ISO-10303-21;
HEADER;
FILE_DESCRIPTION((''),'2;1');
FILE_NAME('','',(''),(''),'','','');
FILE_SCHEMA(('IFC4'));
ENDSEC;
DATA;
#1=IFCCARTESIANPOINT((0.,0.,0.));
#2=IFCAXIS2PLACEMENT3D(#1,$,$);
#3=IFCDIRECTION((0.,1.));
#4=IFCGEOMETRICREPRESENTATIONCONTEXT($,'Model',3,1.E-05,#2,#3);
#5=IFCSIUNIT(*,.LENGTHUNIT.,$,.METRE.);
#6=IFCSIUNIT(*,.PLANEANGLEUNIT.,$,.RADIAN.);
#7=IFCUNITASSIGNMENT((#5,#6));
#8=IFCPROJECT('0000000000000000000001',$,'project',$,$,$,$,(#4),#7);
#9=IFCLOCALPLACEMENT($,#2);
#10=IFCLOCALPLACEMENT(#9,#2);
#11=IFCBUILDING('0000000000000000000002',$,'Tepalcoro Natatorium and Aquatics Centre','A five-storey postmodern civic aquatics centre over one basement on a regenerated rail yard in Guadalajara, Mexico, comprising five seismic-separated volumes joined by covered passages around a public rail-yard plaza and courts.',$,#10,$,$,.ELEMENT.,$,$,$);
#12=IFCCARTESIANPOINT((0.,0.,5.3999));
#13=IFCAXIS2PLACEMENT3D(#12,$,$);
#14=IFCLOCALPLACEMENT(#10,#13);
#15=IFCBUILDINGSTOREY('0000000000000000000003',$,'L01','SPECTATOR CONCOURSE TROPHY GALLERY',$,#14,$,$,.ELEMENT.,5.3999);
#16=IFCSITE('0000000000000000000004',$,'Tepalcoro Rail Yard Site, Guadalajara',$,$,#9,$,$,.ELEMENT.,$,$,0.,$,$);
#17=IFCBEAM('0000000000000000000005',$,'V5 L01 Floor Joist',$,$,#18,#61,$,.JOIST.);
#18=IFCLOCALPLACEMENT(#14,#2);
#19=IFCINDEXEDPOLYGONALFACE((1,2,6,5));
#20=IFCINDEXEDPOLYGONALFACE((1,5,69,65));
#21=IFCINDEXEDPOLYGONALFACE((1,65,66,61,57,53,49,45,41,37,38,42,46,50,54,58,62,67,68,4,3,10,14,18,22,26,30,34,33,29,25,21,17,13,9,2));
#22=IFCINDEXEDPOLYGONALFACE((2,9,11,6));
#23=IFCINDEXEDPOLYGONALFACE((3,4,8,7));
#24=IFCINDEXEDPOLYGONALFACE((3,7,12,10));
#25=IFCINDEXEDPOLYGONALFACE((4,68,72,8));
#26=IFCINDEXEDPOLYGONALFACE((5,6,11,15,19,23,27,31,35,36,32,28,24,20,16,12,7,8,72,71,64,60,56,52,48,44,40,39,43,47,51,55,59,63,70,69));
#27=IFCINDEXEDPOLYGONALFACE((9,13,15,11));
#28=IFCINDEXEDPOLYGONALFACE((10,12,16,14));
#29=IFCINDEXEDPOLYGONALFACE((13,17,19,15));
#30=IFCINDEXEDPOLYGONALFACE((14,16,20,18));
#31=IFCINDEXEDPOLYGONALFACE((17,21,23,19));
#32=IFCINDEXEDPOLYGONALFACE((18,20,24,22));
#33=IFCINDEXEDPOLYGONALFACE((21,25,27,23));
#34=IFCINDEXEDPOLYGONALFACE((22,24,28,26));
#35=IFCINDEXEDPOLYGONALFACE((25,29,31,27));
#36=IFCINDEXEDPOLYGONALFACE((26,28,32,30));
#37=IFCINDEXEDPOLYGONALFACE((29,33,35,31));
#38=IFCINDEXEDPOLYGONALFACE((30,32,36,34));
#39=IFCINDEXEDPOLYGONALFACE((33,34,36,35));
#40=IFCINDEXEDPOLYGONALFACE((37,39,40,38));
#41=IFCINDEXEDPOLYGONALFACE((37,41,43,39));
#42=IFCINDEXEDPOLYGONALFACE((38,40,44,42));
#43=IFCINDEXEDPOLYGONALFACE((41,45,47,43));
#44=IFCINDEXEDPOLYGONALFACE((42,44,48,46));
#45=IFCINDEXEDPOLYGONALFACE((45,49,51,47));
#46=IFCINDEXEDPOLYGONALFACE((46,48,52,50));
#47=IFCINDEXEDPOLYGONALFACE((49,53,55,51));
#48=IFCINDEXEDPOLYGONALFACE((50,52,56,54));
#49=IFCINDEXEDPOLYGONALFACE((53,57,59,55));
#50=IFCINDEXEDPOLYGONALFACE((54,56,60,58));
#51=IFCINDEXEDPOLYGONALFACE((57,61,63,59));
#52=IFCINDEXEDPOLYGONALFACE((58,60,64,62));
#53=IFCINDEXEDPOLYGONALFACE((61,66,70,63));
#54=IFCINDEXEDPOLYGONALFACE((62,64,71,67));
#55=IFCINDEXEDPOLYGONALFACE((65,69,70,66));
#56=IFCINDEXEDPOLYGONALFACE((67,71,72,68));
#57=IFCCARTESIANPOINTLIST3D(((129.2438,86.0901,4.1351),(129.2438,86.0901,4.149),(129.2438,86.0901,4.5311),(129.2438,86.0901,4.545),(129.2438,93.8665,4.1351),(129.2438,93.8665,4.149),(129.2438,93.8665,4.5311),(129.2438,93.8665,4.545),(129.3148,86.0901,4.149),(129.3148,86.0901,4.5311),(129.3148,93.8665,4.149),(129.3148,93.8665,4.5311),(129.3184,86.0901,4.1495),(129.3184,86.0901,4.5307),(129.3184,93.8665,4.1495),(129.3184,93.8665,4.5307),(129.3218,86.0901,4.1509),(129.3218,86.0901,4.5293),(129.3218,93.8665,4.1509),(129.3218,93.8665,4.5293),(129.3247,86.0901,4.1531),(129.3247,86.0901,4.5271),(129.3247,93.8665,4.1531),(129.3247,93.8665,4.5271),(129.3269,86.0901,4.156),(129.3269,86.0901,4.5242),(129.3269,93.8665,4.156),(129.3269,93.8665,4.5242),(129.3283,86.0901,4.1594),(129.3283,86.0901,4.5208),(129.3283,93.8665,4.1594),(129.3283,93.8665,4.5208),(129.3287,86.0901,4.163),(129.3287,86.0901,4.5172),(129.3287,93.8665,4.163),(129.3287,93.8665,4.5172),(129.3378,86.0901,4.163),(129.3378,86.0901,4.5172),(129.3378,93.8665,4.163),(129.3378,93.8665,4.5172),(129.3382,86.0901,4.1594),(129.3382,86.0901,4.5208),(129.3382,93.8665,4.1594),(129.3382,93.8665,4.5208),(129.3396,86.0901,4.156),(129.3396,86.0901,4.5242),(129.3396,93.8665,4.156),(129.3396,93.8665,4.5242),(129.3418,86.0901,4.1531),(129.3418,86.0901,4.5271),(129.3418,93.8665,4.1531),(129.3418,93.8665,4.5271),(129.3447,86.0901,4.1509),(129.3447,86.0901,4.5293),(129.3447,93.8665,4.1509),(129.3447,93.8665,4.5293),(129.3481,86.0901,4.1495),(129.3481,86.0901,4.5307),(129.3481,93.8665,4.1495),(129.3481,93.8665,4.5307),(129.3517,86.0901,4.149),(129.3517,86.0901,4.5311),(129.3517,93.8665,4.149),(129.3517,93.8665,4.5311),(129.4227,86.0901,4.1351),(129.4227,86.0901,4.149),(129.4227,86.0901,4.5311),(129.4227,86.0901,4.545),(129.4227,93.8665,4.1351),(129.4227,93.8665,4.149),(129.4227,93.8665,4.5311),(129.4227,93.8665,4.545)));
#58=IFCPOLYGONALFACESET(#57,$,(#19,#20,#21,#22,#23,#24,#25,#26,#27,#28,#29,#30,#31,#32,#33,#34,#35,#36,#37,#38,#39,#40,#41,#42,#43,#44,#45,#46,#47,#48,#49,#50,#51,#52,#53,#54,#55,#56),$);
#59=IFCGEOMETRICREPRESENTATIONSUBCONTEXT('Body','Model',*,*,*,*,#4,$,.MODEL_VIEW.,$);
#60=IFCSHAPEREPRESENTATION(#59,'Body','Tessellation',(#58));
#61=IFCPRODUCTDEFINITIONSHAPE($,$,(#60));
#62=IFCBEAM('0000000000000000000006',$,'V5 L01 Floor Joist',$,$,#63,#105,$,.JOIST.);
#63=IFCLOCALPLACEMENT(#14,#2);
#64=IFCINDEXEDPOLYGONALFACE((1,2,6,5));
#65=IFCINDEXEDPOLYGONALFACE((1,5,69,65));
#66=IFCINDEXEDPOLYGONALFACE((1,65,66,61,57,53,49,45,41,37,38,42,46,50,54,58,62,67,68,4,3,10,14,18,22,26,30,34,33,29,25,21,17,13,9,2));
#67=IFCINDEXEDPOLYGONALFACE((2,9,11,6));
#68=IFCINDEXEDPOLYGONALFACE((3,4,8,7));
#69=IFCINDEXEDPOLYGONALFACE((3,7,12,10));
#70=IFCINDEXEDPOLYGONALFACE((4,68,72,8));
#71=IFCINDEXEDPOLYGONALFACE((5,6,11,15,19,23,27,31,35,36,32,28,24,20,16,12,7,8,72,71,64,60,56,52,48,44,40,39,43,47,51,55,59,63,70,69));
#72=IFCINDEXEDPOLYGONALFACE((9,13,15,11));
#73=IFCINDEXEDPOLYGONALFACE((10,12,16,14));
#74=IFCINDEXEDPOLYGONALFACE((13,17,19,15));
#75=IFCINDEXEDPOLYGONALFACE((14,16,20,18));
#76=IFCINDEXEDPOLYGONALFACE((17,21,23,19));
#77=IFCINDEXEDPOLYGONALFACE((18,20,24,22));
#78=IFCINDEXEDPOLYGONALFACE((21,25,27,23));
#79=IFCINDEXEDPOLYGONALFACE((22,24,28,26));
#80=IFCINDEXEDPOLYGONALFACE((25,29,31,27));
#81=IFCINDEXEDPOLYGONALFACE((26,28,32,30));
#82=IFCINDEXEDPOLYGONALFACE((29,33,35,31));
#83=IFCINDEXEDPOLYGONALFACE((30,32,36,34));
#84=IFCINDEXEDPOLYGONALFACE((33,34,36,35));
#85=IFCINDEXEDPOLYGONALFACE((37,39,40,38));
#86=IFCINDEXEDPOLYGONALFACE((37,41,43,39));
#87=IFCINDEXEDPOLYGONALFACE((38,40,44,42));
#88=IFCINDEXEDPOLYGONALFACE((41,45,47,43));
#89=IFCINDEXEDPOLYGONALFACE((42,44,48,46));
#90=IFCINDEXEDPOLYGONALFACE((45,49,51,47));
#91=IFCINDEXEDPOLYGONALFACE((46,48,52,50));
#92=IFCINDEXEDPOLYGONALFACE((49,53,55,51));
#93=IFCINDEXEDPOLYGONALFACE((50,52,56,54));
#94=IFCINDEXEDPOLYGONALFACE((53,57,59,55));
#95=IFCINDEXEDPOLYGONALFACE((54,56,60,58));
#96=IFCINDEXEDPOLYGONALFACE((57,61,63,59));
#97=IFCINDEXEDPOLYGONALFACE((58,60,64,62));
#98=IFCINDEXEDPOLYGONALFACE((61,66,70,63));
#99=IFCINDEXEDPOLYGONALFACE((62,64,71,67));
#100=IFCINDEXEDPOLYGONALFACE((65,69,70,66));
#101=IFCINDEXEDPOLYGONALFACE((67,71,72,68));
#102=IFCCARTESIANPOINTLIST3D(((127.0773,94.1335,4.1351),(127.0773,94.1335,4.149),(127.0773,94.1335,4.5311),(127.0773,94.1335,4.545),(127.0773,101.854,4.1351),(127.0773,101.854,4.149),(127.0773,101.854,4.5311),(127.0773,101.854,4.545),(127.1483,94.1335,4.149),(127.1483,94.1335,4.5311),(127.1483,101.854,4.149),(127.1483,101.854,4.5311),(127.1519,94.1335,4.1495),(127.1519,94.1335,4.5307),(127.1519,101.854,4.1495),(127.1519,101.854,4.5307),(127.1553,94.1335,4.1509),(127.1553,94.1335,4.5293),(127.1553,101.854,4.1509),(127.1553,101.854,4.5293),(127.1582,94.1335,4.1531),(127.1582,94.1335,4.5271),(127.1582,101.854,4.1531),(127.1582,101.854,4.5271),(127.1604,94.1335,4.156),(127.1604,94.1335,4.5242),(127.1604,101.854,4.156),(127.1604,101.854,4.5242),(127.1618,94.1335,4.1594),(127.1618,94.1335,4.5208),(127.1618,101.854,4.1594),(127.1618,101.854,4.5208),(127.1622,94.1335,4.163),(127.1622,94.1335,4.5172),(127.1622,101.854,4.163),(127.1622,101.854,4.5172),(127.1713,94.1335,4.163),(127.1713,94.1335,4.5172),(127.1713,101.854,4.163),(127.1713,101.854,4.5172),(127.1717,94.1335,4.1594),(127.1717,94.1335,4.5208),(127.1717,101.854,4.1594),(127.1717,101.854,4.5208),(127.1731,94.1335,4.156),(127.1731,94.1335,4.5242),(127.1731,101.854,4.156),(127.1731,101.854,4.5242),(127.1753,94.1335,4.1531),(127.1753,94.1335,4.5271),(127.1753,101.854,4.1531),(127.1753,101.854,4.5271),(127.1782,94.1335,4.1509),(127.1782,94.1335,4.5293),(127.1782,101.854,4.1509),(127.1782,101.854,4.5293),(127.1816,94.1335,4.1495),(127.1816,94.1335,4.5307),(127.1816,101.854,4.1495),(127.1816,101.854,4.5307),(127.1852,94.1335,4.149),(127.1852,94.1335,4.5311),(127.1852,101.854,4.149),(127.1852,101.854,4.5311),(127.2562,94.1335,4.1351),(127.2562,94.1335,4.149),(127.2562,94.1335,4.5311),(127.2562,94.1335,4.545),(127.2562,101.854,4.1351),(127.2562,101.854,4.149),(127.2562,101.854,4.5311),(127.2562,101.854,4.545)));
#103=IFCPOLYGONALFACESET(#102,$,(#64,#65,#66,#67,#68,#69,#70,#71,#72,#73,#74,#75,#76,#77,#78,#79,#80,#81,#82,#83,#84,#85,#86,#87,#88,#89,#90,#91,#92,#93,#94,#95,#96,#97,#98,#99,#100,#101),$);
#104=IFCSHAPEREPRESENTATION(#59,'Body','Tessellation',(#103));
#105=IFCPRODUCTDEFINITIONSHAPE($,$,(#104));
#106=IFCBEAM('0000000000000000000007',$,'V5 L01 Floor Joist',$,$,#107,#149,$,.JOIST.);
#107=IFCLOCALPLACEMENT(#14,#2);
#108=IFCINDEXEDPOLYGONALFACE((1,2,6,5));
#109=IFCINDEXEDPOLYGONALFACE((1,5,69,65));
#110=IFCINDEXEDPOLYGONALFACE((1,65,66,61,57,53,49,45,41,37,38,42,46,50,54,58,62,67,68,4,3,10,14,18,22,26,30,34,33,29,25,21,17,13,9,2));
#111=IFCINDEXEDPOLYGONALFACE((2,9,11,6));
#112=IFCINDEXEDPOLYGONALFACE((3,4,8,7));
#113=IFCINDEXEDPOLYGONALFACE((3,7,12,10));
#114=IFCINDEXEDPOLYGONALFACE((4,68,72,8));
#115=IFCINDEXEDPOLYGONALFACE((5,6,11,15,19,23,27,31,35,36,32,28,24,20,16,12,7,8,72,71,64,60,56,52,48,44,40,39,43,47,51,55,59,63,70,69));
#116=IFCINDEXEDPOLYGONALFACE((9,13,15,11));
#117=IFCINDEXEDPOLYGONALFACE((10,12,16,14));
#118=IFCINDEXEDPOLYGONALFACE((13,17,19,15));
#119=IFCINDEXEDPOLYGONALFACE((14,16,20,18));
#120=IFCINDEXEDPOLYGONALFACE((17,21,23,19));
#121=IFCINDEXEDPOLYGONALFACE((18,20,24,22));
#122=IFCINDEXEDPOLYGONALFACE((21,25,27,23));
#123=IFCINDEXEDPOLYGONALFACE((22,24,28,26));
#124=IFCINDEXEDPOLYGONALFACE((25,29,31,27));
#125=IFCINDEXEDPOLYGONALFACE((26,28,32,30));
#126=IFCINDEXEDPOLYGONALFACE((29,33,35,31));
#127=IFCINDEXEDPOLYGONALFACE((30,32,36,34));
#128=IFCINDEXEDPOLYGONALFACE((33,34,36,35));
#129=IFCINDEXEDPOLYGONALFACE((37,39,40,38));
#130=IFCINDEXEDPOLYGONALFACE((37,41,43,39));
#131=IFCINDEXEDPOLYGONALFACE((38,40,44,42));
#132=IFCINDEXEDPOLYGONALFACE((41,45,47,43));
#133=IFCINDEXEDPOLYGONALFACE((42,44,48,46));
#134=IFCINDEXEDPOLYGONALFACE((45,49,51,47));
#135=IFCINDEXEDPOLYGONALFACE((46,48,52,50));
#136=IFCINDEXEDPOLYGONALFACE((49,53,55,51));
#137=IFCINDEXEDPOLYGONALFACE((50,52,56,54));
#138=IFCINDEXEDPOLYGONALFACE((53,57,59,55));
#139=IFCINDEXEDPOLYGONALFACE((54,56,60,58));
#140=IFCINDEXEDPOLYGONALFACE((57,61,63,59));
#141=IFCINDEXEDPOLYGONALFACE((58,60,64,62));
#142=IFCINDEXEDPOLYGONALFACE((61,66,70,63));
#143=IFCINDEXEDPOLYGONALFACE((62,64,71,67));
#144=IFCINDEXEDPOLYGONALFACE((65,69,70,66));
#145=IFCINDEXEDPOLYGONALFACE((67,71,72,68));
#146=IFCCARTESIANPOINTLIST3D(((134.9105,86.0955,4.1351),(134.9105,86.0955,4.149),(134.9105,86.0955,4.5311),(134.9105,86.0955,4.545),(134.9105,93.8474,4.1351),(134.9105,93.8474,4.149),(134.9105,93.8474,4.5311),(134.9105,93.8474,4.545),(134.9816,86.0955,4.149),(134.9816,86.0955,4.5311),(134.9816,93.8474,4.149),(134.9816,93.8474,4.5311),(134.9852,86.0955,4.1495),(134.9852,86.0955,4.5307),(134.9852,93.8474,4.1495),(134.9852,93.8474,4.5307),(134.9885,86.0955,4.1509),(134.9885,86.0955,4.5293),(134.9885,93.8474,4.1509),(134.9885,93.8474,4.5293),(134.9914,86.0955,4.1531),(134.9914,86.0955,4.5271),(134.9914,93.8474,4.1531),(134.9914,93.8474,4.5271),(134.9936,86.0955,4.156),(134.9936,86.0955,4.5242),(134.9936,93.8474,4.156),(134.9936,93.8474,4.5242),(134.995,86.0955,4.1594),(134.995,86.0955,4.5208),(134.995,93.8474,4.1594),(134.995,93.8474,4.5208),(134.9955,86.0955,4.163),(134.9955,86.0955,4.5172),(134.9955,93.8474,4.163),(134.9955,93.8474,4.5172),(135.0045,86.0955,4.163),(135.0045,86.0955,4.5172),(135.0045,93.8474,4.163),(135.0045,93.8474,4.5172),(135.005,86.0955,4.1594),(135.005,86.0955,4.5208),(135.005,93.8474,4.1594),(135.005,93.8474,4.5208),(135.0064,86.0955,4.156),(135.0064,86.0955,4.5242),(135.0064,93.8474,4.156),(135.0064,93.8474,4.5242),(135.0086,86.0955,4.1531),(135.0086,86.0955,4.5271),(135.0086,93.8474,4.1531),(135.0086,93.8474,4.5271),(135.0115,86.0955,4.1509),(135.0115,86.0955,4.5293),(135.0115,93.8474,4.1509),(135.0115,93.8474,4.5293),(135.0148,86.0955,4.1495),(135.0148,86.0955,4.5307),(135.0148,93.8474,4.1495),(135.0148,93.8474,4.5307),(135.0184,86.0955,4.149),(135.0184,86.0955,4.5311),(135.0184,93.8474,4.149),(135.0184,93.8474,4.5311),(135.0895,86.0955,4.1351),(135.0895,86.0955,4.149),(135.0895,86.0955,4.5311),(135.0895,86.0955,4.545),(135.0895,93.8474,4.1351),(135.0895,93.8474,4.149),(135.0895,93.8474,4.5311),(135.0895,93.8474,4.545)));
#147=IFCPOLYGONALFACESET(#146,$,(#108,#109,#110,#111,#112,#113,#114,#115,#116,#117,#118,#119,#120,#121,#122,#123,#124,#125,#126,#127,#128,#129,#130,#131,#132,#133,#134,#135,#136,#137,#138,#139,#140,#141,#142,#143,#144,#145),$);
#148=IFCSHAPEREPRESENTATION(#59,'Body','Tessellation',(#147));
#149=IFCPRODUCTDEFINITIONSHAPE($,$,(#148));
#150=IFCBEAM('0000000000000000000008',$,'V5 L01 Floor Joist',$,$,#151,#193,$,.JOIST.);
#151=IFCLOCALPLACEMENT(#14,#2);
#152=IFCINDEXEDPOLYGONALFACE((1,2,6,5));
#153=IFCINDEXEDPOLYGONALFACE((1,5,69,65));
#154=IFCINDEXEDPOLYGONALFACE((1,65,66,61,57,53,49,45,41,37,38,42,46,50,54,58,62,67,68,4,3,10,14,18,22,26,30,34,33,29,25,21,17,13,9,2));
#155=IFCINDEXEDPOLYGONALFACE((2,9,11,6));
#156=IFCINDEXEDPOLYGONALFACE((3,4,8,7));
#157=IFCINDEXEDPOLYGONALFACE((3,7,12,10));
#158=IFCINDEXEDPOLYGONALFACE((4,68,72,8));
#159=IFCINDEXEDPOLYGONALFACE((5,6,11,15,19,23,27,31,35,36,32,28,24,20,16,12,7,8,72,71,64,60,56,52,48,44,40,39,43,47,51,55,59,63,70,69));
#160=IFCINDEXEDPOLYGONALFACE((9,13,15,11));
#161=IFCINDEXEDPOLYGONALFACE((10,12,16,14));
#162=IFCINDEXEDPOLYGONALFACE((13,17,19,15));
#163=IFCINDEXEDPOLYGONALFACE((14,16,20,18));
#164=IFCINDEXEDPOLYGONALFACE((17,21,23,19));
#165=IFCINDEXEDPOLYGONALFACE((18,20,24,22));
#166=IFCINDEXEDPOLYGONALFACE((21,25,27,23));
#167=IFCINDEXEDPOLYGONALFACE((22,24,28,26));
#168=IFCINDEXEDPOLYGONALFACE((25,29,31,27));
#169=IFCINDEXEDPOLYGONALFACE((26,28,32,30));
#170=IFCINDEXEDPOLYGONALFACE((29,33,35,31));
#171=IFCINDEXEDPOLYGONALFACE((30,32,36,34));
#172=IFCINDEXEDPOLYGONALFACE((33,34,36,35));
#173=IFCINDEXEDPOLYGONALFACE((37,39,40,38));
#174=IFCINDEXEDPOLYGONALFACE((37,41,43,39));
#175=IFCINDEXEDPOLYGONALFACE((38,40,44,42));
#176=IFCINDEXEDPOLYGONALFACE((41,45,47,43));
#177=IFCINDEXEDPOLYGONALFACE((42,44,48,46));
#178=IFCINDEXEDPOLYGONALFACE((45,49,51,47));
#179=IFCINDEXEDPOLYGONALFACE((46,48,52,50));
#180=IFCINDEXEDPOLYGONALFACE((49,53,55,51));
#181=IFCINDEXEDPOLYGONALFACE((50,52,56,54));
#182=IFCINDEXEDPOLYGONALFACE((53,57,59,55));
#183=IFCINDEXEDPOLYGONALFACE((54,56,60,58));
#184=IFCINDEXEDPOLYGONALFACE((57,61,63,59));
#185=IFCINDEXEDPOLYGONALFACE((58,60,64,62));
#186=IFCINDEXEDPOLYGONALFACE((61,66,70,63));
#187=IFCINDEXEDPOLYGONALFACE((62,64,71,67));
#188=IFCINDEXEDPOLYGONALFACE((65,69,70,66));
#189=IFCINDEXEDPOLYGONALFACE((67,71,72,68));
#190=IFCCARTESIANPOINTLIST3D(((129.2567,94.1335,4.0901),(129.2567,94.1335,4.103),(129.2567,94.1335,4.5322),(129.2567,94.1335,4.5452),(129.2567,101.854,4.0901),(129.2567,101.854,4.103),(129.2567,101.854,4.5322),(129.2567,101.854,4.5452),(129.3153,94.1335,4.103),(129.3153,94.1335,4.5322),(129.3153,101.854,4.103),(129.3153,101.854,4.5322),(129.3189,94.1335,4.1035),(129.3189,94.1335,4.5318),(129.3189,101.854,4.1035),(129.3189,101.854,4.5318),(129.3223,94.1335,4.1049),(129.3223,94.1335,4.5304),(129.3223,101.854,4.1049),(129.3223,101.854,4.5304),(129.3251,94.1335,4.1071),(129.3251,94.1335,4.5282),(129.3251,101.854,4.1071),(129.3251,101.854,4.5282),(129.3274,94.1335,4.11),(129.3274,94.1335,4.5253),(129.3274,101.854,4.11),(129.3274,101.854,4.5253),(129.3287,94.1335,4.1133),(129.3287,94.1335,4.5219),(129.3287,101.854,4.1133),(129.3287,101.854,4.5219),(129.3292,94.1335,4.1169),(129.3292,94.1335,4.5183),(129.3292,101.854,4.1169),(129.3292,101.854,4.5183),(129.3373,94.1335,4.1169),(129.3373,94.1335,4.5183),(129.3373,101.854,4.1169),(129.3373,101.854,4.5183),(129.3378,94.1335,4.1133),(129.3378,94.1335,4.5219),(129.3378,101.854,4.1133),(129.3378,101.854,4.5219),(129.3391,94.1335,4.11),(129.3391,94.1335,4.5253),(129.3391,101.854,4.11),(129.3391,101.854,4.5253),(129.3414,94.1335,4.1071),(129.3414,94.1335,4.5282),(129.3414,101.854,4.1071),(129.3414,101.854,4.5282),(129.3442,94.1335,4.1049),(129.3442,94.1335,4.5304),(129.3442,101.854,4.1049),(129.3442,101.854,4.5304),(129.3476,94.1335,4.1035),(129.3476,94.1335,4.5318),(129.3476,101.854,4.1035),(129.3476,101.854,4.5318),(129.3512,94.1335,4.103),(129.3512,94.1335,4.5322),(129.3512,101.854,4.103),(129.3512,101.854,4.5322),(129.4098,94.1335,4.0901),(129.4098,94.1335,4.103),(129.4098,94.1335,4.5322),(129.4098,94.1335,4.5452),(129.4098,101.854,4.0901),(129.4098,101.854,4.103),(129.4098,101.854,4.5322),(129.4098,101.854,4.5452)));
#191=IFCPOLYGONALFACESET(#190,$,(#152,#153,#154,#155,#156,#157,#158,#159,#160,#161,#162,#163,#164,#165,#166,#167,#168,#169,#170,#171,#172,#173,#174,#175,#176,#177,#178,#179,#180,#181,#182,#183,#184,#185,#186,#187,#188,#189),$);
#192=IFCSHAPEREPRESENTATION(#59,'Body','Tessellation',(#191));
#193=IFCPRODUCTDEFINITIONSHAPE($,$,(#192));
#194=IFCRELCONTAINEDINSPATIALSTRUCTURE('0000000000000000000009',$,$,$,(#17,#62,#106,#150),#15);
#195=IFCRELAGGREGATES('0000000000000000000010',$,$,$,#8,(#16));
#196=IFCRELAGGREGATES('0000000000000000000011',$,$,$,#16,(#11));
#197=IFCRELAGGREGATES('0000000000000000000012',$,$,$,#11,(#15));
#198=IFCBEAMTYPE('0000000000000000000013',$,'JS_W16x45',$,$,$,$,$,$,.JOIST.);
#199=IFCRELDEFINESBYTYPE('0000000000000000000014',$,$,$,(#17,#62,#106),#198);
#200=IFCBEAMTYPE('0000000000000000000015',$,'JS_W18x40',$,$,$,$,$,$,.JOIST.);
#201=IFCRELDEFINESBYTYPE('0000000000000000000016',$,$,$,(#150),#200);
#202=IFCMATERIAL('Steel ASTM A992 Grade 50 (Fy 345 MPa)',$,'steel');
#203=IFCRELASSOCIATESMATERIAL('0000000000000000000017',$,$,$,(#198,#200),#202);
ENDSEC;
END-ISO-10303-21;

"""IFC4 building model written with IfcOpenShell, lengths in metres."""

from ifc_helpers import new_model, si_unit, direction, frame, origin, origin_2d, place, context, subcontext, project, spatial, i_section, extrude, material, material_profile, profile_set, type_object, element, save


model = new_model("IFC4")

# Units and contexts
model_context = context("Model", 3, precision=1e-05, world=origin(), true_north=direction((0.0, 1.0)))
body_context = subcontext(model_context, "Body", "Model", "MODEL_VIEW")
ifc_project = project(units=[si_unit("LENGTHUNIT", "METRE"), si_unit("PLANEANGLEUNIT", "RADIAN")], contexts=[model_context])

# Site, building, storey
site_placement = place(None, origin())
site = spatial("IfcSite", under=ifc_project, at=site_placement, Name="Tepalcoro Rail Yard Site, Guadalajara", CompositionType="ELEMENT", RefElevation=0.0)
building_placement = place(site_placement, origin())
building = spatial("IfcBuilding", under=site, at=building_placement, Name="Tepalcoro Natatorium and Aquatics Centre", Description="A five-storey postmodern civic aquatics centre over one basement on a regenerated rail yard in Guadalajara, Mexico, comprising five seismic-separated volumes joined by covered passages around a public rail-yard plaza and courts.", CompositionType="ELEMENT")
storey_placement = place(building_placement, frame((0.0, 0.0, 5.3999)))
storey = spatial("IfcBuildingStorey", under=building, at=storey_placement, Name="L01", Description="SPECTATOR CONCOURSE TROPHY GALLERY", CompositionType="ELEMENT", Elevation=5.3999)

# Shared definitions
ifc_material_1 = material(Name="Steel ASTM A992 Grade 50 (Fy 345 MPa)", Category="steel")

# Beams
ifc_material_profile_1 = material_profile(ifc_material_1, i_section(OverallWidth=0.179, OverallDepth=0.4099, WebThickness=0.009, FlangeThickness=0.0139, FilletRadius=0.0139, at=origin_2d()), Name="W16X45")
ifc_profile_set_1 = profile_set([ifc_material_profile_1], Name="Steel ASTM A992 Grade 50 (Fy 345 MPa)")
beam_type_1 = type_object("IfcBeamType", Name="JS_W16x45", PredefinedType="JOIST", material=ifc_profile_set_1)
beam_1_placement = place(storey_placement, frame((129.3333, 86.0901, 4.3401), z_axis=(0.0, 1.0, 0.0), x_axis=(-1.0, 0.0, 0.0)))
element("IfcBeam", 1, at=beam_1_placement, inside=storey, type_object=beam_type_1, Name="V5 L01 Floor Joist", PredefinedType="JOIST", context=body_context, shape_type="SweptSolid", body=[
    extrude(i_section(OverallWidth=0.179, OverallDepth=0.4099, WebThickness=0.009, FlangeThickness=0.0139, FilletRadius=0.0139, at=origin_2d()), origin(), (0.0, 0.0, 1.0), 7.7764),
])
beam_2_placement = place(storey_placement, frame((127.1667, 94.1335, 4.3401), z_axis=(0.0, 1.0, 0.0), x_axis=(-1.0, 0.0, 0.0)))
element("IfcBeam", 2, at=beam_2_placement, inside=storey, type_object=beam_type_1, Name="V5 L01 Floor Joist", PredefinedType="JOIST", context=body_context, shape_type="SweptSolid", body=[
    extrude(i_section(OverallWidth=0.179, OverallDepth=0.4099, WebThickness=0.009, FlangeThickness=0.0139, FilletRadius=0.0139, at=origin_2d()), origin(), (0.0, 0.0, 1.0), 7.7205),
])
beam_3_placement = place(storey_placement, frame((135.0, 86.0955, 4.3401), z_axis=(0.0, 1.0, 0.0), x_axis=(-1.0, 0.0, 0.0)))
element("IfcBeam", 3, at=beam_3_placement, inside=storey, type_object=beam_type_1, Name="V5 L01 Floor Joist", PredefinedType="JOIST", context=body_context, shape_type="SweptSolid", body=[
    extrude(i_section(OverallWidth=0.179, OverallDepth=0.4099, WebThickness=0.009, FlangeThickness=0.0139, FilletRadius=0.0139, at=origin_2d()), origin(), (0.0, 0.0, 1.0), 7.752),
])
ifc_material_profile_2 = material_profile(ifc_material_1, i_section(OverallWidth=0.1531, OverallDepth=0.4551, WebThickness=0.0081, FlangeThickness=0.0129, FilletRadius=0.0139, at=origin_2d()), Name="W18X40")
ifc_profile_set_2 = profile_set([ifc_material_profile_2], Name="Steel ASTM A992 Grade 50 (Fy 345 MPa)")
beam_type_2 = type_object("IfcBeamType", Name="JS_W18x40", PredefinedType="JOIST", material=ifc_profile_set_2)
beam_4_placement = place(storey_placement, frame((129.3333, 94.1335, 4.3176), z_axis=(0.0, 1.0, 0.0), x_axis=(-1.0, 0.0, 0.0)))
element("IfcBeam", 4, at=beam_4_placement, inside=storey, type_object=beam_type_2, Name="V5 L01 Floor Joist", PredefinedType="JOIST", context=body_context, shape_type="SweptSolid", body=[
    extrude(i_section(OverallWidth=0.1531, OverallDepth=0.4551, WebThickness=0.0081, FlangeThickness=0.0129, FilletRadius=0.0139, at=origin_2d()), origin(), (0.0, 0.0, 1.0), 7.7205),
])

save(model, "model.ifc")
